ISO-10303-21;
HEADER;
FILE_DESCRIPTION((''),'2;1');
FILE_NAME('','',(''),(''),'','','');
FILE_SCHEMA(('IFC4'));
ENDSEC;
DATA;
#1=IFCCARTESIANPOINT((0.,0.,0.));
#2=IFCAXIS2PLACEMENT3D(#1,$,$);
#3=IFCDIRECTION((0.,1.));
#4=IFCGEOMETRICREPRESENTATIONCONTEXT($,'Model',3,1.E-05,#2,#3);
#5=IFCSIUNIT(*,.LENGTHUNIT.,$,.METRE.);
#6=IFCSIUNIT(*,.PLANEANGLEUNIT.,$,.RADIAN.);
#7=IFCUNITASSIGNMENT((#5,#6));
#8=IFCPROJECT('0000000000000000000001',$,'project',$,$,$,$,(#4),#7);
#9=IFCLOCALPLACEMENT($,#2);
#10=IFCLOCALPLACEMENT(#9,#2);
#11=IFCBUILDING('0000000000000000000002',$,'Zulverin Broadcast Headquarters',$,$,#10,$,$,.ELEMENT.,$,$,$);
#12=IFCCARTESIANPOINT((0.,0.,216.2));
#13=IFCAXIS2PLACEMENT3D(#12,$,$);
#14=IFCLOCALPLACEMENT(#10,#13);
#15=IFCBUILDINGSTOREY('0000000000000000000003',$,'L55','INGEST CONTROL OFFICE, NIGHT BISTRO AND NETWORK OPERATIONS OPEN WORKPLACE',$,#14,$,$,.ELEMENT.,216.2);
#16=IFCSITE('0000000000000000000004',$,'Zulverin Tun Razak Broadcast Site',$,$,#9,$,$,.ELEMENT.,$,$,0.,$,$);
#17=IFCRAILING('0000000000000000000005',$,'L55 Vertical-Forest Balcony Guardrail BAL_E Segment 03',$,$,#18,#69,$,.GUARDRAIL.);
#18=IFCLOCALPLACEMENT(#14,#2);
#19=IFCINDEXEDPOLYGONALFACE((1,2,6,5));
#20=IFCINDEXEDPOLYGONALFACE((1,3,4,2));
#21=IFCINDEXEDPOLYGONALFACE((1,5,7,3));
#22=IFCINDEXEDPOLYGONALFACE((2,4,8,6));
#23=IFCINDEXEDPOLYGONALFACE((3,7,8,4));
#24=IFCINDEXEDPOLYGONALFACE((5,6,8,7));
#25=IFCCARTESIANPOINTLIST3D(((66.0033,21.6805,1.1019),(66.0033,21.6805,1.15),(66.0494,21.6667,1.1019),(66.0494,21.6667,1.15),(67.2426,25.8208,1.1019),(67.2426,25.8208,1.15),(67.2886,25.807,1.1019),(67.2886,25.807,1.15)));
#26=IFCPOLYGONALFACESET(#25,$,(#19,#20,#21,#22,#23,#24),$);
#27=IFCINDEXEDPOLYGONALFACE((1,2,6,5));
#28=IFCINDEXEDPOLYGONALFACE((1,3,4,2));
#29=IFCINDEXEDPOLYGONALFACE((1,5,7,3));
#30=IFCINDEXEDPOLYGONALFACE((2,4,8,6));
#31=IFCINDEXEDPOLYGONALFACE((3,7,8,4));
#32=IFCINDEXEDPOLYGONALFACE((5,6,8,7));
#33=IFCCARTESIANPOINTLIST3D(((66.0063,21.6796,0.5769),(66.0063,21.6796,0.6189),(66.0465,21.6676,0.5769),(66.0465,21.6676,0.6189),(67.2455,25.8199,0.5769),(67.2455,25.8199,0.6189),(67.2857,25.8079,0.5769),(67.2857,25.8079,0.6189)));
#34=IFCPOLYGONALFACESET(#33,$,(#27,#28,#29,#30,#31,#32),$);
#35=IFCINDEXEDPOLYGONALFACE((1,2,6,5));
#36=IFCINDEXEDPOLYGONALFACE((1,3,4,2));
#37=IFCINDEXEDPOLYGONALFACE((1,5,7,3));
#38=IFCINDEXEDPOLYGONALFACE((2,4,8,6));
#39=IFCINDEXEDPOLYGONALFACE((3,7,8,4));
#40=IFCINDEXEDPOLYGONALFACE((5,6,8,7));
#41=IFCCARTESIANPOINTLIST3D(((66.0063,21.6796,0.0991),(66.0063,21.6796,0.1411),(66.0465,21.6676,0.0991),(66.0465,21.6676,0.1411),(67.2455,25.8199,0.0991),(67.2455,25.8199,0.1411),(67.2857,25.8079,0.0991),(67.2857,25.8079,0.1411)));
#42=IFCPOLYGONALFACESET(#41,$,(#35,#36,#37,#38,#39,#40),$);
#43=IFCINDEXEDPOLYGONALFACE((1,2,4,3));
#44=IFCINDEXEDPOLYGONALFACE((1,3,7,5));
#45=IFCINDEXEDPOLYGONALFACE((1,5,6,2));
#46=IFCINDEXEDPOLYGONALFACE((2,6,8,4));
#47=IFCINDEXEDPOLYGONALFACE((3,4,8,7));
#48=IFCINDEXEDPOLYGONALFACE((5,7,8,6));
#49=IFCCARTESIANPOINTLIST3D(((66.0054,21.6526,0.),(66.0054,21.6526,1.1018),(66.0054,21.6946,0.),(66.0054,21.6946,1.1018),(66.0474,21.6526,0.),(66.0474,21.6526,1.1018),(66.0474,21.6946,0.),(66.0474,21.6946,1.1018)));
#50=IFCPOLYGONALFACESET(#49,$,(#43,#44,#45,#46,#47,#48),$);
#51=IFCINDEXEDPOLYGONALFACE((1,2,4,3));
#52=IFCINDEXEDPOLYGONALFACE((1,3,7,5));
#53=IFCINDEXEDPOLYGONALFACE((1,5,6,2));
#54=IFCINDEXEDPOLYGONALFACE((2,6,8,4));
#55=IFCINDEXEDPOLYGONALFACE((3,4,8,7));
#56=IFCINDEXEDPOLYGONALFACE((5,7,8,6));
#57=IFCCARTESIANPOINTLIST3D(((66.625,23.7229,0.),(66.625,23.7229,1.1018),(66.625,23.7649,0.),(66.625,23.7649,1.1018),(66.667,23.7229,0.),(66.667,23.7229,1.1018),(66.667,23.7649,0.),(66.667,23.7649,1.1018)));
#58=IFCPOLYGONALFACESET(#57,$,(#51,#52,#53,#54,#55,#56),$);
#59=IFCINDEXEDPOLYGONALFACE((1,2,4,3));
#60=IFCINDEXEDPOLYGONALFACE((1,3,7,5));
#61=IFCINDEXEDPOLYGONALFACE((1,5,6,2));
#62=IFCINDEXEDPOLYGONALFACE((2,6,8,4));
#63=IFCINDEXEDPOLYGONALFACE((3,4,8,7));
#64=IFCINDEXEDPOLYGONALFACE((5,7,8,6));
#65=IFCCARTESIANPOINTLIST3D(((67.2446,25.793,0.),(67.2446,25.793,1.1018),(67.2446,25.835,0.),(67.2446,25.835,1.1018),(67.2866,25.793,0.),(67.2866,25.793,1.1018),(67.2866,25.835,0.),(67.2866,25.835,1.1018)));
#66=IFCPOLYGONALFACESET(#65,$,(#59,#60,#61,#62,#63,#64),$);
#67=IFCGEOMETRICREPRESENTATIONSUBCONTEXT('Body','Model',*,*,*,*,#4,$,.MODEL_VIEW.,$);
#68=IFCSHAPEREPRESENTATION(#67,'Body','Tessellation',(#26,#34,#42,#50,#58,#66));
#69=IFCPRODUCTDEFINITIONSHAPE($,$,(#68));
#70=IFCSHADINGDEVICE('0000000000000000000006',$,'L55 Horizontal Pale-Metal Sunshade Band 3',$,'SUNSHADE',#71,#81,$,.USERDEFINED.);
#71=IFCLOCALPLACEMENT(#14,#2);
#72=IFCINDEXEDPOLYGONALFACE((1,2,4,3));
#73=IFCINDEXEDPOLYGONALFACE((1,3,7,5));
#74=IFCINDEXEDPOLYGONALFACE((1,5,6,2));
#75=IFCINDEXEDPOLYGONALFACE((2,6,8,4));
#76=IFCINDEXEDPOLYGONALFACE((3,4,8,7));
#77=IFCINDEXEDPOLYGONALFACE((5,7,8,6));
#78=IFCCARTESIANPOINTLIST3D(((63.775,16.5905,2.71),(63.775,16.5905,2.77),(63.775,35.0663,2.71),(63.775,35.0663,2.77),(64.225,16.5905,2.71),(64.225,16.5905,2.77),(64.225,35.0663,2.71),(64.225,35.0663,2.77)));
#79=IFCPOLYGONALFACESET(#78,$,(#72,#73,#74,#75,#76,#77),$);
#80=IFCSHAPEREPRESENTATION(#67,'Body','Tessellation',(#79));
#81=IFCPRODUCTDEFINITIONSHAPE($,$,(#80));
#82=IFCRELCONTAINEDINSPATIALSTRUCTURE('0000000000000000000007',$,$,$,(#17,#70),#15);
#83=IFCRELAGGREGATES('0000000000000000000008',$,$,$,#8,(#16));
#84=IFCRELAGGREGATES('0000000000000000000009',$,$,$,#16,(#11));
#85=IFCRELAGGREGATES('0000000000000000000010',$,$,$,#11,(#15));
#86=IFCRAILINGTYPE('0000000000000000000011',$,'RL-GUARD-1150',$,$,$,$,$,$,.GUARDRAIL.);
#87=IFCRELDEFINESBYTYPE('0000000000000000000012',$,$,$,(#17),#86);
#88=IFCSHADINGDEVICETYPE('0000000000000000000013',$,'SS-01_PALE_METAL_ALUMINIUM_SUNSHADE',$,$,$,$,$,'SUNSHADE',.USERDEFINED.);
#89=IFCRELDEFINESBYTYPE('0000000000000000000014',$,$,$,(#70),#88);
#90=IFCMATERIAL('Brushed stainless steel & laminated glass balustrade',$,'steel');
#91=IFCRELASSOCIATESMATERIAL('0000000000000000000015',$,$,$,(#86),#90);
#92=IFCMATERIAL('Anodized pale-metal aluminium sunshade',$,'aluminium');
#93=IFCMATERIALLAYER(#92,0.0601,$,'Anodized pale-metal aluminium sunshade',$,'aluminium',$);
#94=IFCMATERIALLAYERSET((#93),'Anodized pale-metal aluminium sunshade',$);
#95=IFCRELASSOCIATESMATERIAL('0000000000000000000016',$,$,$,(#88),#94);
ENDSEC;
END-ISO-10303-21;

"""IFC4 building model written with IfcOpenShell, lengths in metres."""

from ifc_helpers import new_model, si_unit, direction, frame, origin, origin_2d, place, context, subcontext, project, spatial, rectangle, extrude, material, layer, layer_set, type_object, element, save


model = new_model("IFC4")

# Units and contexts
model_context = context("Model", 3, precision=1e-05, world=origin(), true_north=direction((0.0, 1.0)))
body_context = subcontext(model_context, "Body", "Model", "MODEL_VIEW")
ifc_project = project(units=[si_unit("LENGTHUNIT", "METRE"), si_unit("PLANEANGLEUNIT", "RADIAN")], contexts=[model_context])

# Site, building, storey
site_placement = place(None, origin())
site = spatial("IfcSite", under=ifc_project, at=site_placement, Name="Zulverin Tun Razak Broadcast Site", CompositionType="ELEMENT", RefElevation=0.0)
building_placement = place(site_placement, origin())
building = spatial("IfcBuilding", under=site, at=building_placement, Name="Zulverin Broadcast Headquarters", CompositionType="ELEMENT")
storey_placement = place(building_placement, frame((0.0, 0.0, 216.2)))
storey = spatial("IfcBuildingStorey", under=building, at=storey_placement, Name="L55", Description="INGEST CONTROL OFFICE, NIGHT BISTRO AND NETWORK OPERATIONS OPEN WORKPLACE", CompositionType="ELEMENT", Elevation=216.2)

# Railing
ifc_material_1 = material(Name="Brushed stainless steel & laminated glass balustrade", Category="steel")
railing_type = type_object("IfcRailingType", Name="RL-GUARD-1150", PredefinedType="GUARDRAIL", material=ifc_material_1)
railing_1_placement = place(storey_placement, frame((66.0264, 21.6736, 0.0)))
element("IfcRailing", 1, at=railing_1_placement, inside=storey, type_object=railing_type, Name="L55 Vertical-Forest Balcony Guardrail BAL_E Segment 03", PredefinedType="GUARDRAIL", context=body_context, shape_type="SweptSolid", body=[
    extrude(rectangle(XDim=0.0481, YDim=0.0481, at=origin_2d()), frame((0.0, 0.0, 1.126), z_axis=(0.286741, 0.958008, 0.0), x_axis=(-0.958008, 0.286741, 0.0)), (0.0, 0.0, 1.0), 4.3218),
    extrude(rectangle(XDim=0.042, YDim=0.042, at=origin_2d()), frame((0.0, 0.0, 0.5979), z_axis=(0.286741, 0.958008, 0.0), x_axis=(-0.958008, 0.286741, 0.0)), (0.0, 0.0, 1.0), 4.3218),
    extrude(rectangle(XDim=0.042, YDim=0.042, at=origin_2d()), frame((0.0, 0.0, 0.1201), z_axis=(0.286741, 0.958008, 0.0), x_axis=(-0.958008, 0.286741, 0.0)), (0.0, 0.0, 1.0), 4.3218),
    extrude(rectangle(XDim=0.042, YDim=0.042, at=origin_2d()), origin(), (0.0, 0.0, 1.0), 1.1018),
    extrude(rectangle(XDim=0.042, YDim=0.042, at=origin_2d()), frame((0.6196, 2.0703, 0.0)), (0.0, 0.0, 1.0), 1.1018),
    extrude(rectangle(XDim=0.042, YDim=0.042, at=origin_2d()), frame((1.2393, 4.1404, 0.0)), (0.0, 0.0, 1.0), 1.1018),
])

# Shading device
ifc_material_2 = material(Name="Anodized pale-metal aluminium sunshade", Category="aluminium")
ifc_layer_1 = layer(ifc_material_2, 0.0601, Name="Anodized pale-metal aluminium sunshade", Category="aluminium")
ifc_layer_set_1 = layer_set([ifc_layer_1], Name="Anodized pale-metal aluminium sunshade")
shading_device_type = type_object("IfcShadingDeviceType", Name="SS-01_PALE_METAL_ALUMINIUM_SUNSHADE", ElementType="SUNSHADE", PredefinedType="USERDEFINED", material=ifc_layer_set_1)
shading_device_placement = place(storey_placement, frame((64.0, 25.8284, 2.71), z_axis=(0.0, 0.0, 1.0), x_axis=(0.0, 1.0, 0.0)))
element("IfcShadingDevice", 2, at=shading_device_placement, inside=storey, type_object=shading_device_type, Name="L55 Horizontal Pale-Metal Sunshade Band 3", ObjectType="SUNSHADE", PredefinedType="USERDEFINED", context=body_context, shape_type="SweptSolid", body=[
    extrude(rectangle(XDim=18.4758, YDim=0.45, at=origin_2d()), origin(), (0.0, 0.0, 1.0), 0.0601),
])

save(model, "model.ifc")
